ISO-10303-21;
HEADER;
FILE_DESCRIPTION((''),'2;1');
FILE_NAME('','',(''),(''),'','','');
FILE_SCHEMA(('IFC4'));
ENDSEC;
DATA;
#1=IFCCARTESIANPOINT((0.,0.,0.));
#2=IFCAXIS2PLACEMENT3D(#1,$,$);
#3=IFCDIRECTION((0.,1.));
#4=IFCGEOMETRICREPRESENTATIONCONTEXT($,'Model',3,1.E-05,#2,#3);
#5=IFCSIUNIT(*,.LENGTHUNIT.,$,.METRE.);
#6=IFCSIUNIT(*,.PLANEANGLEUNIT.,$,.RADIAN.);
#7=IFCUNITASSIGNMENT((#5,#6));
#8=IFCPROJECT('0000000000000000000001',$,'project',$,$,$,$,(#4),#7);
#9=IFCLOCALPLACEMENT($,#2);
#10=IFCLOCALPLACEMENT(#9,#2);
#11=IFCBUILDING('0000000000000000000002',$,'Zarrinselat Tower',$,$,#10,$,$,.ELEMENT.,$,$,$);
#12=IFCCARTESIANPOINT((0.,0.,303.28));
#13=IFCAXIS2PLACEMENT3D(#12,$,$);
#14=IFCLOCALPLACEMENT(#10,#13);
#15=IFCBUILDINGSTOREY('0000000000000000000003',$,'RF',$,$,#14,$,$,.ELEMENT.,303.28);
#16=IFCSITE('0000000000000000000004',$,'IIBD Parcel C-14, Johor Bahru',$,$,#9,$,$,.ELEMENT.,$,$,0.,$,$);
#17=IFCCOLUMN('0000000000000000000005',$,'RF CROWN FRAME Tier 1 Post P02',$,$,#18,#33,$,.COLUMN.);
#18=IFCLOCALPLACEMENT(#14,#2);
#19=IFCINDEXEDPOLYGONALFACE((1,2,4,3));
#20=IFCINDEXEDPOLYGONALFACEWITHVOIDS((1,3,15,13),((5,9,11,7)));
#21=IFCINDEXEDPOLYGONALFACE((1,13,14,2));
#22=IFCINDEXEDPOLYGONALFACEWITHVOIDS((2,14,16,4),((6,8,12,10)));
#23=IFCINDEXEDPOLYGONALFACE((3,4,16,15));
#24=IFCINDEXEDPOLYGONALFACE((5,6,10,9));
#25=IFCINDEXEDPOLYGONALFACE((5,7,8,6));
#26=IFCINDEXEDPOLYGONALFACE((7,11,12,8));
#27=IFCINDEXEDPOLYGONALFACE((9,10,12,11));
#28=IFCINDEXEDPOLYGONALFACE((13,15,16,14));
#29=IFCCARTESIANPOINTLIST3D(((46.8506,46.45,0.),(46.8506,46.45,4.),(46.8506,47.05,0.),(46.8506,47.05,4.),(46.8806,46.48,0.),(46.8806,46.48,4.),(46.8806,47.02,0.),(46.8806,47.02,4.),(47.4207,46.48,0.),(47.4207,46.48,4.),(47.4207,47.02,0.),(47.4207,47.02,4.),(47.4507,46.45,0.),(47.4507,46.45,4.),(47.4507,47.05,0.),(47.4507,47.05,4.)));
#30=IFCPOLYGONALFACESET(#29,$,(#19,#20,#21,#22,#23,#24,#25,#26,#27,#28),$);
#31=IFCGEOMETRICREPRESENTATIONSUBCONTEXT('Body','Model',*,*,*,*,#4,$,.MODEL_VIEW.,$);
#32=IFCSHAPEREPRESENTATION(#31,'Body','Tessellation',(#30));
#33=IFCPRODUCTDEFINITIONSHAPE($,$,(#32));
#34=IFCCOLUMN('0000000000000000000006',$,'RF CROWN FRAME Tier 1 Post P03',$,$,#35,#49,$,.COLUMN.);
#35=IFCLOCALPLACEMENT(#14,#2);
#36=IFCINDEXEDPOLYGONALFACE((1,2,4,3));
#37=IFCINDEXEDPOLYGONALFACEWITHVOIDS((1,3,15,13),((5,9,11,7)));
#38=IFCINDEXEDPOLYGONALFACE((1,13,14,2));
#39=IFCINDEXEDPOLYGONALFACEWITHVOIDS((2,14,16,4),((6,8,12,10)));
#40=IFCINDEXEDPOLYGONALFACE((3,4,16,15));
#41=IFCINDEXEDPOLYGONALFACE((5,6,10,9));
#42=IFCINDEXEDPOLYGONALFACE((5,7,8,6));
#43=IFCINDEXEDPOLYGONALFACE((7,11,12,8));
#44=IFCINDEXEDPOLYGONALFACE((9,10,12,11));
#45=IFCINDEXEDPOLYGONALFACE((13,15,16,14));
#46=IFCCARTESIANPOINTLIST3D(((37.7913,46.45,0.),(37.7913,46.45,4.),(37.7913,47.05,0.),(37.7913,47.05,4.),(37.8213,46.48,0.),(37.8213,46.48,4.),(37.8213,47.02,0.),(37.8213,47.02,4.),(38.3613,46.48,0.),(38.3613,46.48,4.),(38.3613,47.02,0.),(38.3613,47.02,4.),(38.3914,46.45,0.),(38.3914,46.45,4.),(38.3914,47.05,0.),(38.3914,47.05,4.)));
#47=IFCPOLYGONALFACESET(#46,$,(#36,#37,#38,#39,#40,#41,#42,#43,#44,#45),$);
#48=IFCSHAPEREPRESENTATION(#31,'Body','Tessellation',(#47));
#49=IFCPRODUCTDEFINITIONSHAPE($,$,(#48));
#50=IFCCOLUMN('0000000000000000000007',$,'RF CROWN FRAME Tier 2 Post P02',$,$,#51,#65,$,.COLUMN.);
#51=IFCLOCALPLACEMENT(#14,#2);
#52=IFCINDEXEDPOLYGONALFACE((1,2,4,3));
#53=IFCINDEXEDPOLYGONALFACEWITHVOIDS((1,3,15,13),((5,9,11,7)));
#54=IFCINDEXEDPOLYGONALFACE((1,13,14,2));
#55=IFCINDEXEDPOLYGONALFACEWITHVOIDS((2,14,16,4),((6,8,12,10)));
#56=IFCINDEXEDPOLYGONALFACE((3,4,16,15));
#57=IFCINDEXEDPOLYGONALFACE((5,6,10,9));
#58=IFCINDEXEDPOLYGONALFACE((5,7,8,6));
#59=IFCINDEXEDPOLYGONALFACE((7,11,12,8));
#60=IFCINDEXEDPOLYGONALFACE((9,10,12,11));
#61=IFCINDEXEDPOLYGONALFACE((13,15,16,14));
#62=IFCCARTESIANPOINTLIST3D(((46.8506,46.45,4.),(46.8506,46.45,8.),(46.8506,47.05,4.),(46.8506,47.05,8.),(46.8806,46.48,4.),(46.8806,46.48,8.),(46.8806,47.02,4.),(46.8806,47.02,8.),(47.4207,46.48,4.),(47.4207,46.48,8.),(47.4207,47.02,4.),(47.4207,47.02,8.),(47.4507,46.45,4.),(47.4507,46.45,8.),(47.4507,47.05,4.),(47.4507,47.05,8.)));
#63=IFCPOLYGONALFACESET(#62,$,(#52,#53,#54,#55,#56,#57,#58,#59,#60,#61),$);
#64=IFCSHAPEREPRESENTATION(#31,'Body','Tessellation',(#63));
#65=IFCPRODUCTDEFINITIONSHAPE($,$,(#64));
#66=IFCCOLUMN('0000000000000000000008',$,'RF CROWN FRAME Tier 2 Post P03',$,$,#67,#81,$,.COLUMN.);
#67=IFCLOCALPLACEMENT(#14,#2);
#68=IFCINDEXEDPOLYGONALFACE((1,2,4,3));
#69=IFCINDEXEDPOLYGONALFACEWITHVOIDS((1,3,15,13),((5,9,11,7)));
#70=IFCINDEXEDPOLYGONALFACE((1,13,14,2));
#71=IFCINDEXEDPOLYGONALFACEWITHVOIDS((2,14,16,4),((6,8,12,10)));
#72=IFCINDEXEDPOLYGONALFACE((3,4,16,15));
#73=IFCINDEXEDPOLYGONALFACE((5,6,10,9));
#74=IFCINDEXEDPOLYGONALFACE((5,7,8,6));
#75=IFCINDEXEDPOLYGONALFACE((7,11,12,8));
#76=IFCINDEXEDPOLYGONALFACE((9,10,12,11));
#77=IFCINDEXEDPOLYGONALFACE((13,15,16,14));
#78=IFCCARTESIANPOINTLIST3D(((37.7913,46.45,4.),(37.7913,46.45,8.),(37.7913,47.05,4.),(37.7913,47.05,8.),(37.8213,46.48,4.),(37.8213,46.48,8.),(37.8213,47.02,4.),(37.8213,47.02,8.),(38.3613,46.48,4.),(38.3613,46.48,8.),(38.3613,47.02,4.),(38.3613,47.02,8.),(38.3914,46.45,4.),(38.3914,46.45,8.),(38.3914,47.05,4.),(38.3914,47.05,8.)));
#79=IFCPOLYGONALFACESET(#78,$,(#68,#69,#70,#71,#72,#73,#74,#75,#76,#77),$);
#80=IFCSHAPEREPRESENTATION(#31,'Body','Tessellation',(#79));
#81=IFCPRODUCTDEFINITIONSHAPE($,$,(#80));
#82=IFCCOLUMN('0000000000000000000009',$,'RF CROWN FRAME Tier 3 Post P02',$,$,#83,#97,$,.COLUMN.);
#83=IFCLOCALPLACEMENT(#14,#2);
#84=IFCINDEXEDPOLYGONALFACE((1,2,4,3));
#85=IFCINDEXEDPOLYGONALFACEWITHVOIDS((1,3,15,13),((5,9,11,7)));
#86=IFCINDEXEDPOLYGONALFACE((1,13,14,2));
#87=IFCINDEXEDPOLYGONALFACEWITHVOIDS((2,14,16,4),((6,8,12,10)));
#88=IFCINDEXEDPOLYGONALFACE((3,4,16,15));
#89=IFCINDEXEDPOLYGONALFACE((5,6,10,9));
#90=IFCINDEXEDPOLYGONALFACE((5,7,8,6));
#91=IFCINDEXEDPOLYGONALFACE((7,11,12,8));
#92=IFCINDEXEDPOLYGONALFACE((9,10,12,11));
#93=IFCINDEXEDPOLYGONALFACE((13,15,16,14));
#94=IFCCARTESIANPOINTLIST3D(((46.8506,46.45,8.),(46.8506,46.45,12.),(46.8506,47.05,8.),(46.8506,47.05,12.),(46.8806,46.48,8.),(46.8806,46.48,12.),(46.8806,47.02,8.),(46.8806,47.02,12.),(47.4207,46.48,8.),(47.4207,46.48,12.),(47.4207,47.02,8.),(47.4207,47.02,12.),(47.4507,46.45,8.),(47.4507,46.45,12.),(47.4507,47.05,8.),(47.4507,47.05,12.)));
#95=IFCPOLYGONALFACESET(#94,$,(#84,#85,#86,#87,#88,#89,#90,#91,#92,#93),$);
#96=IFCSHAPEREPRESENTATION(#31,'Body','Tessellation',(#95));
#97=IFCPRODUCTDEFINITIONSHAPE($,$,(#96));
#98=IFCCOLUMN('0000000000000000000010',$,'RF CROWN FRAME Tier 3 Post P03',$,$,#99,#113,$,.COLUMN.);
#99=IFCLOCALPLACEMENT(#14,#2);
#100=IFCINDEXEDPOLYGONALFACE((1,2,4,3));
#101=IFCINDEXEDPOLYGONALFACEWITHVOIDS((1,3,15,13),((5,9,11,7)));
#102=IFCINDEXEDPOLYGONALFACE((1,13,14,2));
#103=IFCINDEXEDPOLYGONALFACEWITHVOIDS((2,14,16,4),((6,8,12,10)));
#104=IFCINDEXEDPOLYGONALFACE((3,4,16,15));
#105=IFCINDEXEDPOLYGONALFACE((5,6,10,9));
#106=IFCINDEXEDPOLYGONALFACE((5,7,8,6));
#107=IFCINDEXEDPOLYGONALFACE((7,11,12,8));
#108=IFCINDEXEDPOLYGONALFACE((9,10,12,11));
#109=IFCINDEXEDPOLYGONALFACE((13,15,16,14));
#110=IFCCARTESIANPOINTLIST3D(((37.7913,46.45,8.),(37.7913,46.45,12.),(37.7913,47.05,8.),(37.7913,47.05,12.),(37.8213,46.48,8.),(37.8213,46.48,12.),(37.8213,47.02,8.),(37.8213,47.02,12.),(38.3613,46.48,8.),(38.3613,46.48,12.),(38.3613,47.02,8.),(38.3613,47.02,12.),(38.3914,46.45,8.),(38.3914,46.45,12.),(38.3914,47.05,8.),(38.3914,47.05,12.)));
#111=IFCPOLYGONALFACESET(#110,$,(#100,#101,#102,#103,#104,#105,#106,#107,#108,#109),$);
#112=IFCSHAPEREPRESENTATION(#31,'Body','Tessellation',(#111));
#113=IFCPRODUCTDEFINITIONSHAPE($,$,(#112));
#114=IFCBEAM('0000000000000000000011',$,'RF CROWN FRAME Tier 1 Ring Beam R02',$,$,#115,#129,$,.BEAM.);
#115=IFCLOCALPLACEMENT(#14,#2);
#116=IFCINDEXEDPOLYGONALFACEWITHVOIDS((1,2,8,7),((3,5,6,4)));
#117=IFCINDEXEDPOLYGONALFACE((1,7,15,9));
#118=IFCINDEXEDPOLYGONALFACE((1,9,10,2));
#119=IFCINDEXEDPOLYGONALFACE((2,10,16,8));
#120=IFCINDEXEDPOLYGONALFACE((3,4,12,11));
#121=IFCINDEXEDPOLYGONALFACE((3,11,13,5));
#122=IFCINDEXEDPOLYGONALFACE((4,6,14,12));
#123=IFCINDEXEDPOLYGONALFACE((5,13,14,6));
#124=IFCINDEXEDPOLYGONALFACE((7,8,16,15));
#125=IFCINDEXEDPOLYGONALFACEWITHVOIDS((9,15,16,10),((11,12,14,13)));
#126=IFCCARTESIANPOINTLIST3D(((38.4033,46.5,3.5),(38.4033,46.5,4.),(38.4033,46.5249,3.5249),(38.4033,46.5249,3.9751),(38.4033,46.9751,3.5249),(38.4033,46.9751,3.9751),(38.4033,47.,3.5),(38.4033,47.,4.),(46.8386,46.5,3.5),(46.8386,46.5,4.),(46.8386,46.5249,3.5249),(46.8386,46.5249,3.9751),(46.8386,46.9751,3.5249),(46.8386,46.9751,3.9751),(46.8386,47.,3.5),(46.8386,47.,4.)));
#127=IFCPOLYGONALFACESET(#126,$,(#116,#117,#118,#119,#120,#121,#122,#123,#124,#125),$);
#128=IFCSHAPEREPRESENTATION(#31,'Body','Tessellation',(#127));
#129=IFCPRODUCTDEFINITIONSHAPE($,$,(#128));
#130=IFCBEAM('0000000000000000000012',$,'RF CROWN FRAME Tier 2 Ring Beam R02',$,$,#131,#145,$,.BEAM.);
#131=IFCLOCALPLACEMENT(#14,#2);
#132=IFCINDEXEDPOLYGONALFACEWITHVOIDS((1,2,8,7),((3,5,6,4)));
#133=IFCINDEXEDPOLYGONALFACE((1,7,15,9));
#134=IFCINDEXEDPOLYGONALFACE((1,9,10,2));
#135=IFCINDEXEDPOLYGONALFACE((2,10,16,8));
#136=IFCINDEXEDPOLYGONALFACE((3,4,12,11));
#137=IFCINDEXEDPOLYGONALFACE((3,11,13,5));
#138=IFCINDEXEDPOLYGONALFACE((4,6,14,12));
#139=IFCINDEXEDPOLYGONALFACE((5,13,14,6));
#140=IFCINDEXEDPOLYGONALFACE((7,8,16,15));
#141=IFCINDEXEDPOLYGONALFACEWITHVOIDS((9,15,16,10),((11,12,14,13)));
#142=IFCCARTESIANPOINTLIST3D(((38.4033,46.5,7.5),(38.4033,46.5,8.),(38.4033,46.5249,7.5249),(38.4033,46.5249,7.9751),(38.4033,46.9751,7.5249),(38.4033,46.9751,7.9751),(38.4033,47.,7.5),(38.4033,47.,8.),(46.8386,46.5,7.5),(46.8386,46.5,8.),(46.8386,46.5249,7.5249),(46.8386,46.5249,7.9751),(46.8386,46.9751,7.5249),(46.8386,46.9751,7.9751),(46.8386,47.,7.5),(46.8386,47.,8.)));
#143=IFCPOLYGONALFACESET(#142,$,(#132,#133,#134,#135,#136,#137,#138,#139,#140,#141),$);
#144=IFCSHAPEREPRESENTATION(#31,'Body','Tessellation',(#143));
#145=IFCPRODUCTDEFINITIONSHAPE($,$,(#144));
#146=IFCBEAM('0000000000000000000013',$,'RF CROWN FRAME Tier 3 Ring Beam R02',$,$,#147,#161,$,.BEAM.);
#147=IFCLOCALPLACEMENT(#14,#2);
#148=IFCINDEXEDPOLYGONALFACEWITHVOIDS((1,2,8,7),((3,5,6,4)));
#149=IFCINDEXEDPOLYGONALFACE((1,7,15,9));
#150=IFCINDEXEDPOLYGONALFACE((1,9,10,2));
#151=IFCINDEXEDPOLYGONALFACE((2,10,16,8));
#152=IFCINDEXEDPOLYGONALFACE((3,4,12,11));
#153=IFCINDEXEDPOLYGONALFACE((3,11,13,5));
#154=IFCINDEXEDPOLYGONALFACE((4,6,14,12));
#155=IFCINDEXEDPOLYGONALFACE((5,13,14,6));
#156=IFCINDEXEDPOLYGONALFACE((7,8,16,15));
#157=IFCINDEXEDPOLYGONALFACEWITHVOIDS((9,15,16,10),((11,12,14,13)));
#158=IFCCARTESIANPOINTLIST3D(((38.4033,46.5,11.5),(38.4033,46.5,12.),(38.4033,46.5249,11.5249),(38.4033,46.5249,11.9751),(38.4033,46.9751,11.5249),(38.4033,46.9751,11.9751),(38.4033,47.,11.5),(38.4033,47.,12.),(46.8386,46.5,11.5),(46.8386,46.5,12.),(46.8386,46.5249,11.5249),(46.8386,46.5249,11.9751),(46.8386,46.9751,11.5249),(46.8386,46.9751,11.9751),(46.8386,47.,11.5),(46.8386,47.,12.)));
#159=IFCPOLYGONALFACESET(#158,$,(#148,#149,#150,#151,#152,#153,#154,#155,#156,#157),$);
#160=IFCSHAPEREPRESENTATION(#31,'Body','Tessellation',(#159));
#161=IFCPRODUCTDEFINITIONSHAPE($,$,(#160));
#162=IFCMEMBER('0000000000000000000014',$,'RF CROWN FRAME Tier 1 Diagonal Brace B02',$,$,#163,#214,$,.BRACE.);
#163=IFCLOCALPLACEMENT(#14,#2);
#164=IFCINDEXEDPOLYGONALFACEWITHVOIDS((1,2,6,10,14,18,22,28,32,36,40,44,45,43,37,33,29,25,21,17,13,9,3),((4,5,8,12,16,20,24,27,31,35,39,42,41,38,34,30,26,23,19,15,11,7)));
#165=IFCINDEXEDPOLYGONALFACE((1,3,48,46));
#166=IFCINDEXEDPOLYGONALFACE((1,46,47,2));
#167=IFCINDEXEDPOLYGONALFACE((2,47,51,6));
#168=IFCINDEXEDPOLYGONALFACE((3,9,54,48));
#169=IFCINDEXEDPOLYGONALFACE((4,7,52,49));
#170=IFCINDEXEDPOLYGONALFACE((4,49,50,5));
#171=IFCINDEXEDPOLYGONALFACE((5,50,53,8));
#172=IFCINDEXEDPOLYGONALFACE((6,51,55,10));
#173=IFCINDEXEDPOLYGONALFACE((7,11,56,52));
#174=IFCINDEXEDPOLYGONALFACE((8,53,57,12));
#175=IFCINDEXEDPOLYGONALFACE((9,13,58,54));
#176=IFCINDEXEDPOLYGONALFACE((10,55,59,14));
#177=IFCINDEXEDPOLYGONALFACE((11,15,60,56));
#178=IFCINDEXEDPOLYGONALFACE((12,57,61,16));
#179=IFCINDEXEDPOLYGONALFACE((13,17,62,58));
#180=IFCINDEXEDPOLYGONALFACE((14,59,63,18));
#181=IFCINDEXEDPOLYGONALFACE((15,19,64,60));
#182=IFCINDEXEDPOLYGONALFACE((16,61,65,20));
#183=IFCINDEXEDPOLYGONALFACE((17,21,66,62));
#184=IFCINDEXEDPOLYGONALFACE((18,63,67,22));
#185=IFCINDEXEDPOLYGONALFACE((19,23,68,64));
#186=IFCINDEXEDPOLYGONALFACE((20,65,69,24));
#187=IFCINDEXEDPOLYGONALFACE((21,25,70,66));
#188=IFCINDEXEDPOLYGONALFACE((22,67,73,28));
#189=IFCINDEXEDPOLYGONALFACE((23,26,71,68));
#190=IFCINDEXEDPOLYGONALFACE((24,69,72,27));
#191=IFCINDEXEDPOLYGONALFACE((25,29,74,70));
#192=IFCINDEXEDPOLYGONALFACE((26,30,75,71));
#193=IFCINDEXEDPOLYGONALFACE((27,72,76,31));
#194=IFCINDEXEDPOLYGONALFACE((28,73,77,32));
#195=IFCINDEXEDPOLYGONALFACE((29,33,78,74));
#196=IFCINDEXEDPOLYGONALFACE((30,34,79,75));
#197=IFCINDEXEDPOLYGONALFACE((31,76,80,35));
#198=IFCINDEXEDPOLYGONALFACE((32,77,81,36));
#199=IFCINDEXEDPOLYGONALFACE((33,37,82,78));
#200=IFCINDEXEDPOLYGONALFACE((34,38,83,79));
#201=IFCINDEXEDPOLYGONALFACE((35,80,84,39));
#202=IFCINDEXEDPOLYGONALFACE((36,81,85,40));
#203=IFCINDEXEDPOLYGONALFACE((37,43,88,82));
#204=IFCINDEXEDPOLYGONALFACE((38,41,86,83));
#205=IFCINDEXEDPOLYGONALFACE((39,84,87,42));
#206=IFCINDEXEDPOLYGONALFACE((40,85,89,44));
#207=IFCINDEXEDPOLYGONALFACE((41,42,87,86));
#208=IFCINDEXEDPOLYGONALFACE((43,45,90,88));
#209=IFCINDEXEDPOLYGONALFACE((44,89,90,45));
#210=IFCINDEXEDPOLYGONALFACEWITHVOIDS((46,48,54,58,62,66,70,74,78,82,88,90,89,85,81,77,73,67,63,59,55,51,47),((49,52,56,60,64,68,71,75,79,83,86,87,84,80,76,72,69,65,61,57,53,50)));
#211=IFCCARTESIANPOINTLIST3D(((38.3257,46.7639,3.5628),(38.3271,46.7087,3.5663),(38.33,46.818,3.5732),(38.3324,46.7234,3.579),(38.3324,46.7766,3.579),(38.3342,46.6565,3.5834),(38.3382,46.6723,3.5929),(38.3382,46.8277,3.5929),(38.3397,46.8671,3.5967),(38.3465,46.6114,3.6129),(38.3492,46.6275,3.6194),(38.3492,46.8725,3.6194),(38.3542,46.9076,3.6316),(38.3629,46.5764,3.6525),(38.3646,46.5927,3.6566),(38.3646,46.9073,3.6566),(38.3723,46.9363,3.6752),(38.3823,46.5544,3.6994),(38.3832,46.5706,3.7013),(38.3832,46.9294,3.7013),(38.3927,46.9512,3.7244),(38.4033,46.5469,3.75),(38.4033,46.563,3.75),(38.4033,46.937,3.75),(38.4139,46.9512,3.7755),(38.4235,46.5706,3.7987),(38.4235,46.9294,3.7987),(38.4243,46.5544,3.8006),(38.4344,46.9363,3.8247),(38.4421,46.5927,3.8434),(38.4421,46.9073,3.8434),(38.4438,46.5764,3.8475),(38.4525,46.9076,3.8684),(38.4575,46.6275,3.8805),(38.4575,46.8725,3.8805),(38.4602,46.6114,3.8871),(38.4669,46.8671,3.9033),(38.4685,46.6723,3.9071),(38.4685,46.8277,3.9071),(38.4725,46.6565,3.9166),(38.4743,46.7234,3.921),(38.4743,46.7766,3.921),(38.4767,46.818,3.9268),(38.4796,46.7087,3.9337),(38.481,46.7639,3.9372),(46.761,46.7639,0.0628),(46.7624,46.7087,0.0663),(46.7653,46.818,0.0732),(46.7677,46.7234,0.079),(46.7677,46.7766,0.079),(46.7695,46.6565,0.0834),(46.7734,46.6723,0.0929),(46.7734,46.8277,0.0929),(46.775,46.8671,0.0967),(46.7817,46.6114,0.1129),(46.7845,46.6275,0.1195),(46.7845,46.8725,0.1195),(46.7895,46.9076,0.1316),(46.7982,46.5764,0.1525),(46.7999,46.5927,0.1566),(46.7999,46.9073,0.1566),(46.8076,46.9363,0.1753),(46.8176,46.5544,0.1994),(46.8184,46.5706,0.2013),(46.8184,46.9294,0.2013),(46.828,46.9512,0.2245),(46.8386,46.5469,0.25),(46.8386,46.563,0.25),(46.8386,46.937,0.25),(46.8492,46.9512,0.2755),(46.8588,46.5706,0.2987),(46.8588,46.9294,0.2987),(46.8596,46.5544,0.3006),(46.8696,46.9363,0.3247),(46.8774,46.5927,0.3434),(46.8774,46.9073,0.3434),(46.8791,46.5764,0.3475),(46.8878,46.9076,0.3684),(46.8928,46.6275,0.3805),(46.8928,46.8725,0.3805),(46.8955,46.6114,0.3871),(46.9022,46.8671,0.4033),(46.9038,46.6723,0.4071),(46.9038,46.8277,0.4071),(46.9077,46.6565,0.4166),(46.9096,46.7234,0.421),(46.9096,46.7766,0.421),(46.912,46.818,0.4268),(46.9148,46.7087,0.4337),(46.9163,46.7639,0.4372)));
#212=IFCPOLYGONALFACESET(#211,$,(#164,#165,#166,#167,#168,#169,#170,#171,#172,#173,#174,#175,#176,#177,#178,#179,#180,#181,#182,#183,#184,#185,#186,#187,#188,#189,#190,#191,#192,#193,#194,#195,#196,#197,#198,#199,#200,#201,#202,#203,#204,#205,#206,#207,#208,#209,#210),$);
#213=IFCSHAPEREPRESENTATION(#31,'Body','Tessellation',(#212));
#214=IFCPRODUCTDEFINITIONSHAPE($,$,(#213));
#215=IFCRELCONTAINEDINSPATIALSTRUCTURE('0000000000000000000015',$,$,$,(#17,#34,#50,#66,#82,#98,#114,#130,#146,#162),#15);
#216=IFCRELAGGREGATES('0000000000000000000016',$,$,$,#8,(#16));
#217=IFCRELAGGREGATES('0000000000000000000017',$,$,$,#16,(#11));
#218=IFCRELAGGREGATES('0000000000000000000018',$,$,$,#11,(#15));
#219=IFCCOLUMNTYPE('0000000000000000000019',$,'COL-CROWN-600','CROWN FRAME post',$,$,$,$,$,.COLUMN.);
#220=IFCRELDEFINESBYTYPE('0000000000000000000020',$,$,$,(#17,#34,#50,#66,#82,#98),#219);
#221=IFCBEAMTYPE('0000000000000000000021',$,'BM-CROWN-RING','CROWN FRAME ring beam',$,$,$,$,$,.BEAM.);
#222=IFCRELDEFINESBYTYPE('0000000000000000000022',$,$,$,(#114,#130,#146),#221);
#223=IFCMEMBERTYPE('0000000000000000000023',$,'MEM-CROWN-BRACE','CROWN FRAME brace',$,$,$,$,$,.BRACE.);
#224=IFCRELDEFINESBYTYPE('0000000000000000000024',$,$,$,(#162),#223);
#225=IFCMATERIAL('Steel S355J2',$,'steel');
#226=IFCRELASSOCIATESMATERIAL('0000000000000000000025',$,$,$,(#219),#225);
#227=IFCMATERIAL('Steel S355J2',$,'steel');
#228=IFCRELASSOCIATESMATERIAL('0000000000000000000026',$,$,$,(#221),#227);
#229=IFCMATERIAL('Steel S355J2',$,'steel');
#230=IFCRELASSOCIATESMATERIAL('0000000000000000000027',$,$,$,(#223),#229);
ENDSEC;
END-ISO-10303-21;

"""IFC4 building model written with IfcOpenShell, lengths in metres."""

from ifc_helpers import new_model, si_unit, direction, frame, origin, origin_2d, place, context, subcontext, project, spatial, hollow_rectangle, hollow_circle, extrude, material, material_profile, profile_set, type_object, element, save


model = new_model("IFC4")

# Units and contexts
model_context = context("Model", 3, precision=1e-05, world=origin(), true_north=direction((0.0, 1.0)))
body_context = subcontext(model_context, "Body", "Model", "MODEL_VIEW")
ifc_project = project(units=[si_unit("LENGTHUNIT", "METRE"), si_unit("PLANEANGLEUNIT", "RADIAN")], contexts=[model_context])

# Site, building, storey
site_placement = place(None, origin())
site = spatial("IfcSite", under=ifc_project, at=site_placement, Name="IIBD Parcel C-14, Johor Bahru", CompositionType="ELEMENT", RefElevation=0.0)
building_placement = place(site_placement, origin())
building = spatial("IfcBuilding", under=site, at=building_placement, Name="Zarrinselat Tower", CompositionType="ELEMENT")
storey_placement = place(building_placement, frame((0.0, 0.0, 303.28)))
storey = spatial("IfcBuildingStorey", under=building, at=storey_placement, Name="RF", CompositionType="ELEMENT", Elevation=303.28)

# Columns
ifc_material_1 = material(Name="Steel S355J2", Category="steel")
ifc_material_profile_1 = material_profile(ifc_material_1, hollow_rectangle(XDim=0.6001, YDim=0.6001, WallThickness=0.03, at=origin_2d()), Name="SHS 600x600x30")
ifc_profile_set_1 = profile_set([ifc_material_profile_1], Name="Steel S355J2")
column_type = type_object("IfcColumnType", Name="COL-CROWN-600", Description="CROWN FRAME post", PredefinedType="COLUMN", material=ifc_profile_set_1)
for number, where, z_axis, x_axis, name in (
    (1, (47.1506, 46.75, 0.0), (0.0, 0.0, 1.0), (1.0, 0.0, 0.0), "RF CROWN FRAME Tier 1 Post P02"),
    (2, (38.0913, 46.75, 0.0), (0.0, 0.0, 1.0), (1.0, 0.0, 0.0), "RF CROWN FRAME Tier 1 Post P03"),
    (3, (47.1506, 46.75, 4.0), (0.0, 0.0, 1.0), (1.0, 0.0, 0.0), "RF CROWN FRAME Tier 2 Post P02"),
    (4, (38.0913, 46.75, 4.0), (0.0, 0.0, 1.0), (1.0, 0.0, 0.0), "RF CROWN FRAME Tier 2 Post P03"),
    (5, (47.1506, 46.75, 8.0), (0.0, 0.0, 1.0), (1.0, 0.0, 0.0), "RF CROWN FRAME Tier 3 Post P02"),
    (6, (38.0913, 46.75, 8.0), (0.0, 0.0, 1.0), (1.0, 0.0, 0.0), "RF CROWN FRAME Tier 3 Post P03"),
):
    element("IfcColumn", number, at=place(storey_placement, frame(where, z_axis=z_axis, x_axis=x_axis)), inside=storey, type_object=column_type, Name=name, PredefinedType="COLUMN", context=body_context, shape_type="SweptSolid", body=[
        extrude(hollow_rectangle(XDim=0.6001, YDim=0.6001, WallThickness=0.03, at=origin_2d()), origin(), (0.0, 0.0, 1.0), 4.0),
    ])

# Beams
ifc_material_2 = material(Name="Steel S355J2", Category="steel")
ifc_material_profile_2 = material_profile(ifc_material_2, hollow_rectangle(XDim=0.5, YDim=0.5, WallThickness=0.0249, at=origin_2d()), Name="SHS 500x500x25")
ifc_profile_set_2 = profile_set([ifc_material_profile_2], Name="Steel S355J2")
beam_type = type_object("IfcBeamType", Name="BM-CROWN-RING", Description="CROWN FRAME ring beam", PredefinedType="BEAM", material=ifc_profile_set_2)
for number, where, z_axis, x_axis, name in (
    (7, (46.8386, 46.75, 3.75), (-1.0, 0.0, 0.0), (0.0, -1.0, 0.0), "RF CROWN FRAME Tier 1 Ring Beam R02"),
    (8, (46.8386, 46.75, 7.75), (-1.0, 0.0, 0.0), (0.0, -1.0, 0.0), "RF CROWN FRAME Tier 2 Ring Beam R02"),
    (9, (46.8386, 46.75, 11.75), (-1.0, 0.0, 0.0), (0.0, -1.0, 0.0), "RF CROWN FRAME Tier 3 Ring Beam R02"),
):
    element("IfcBeam", number, at=place(storey_placement, frame(where, z_axis=z_axis, x_axis=x_axis)), inside=storey, type_object=beam_type, Name=name, PredefinedType="BEAM", context=body_context, shape_type="SweptSolid", body=[
        extrude(hollow_rectangle(XDim=0.5, YDim=0.5, WallThickness=0.0249, at=origin_2d()), origin(), (0.0, 0.0, 1.0), 8.4353),
    ])

# Member
ifc_material_3 = material(Name="Steel S355J2", Category="steel")
ifc_material_profile_3 = material_profile(ifc_material_3, hollow_circle(Radius=0.2031, WallThickness=0.0161, at=origin_2d()), Name="CHS 406.4x16")
ifc_profile_set_3 = profile_set([ifc_material_profile_3], Name="Steel S355J2")
member_type_1 = type_object("IfcMemberType", Name="MEM-CROWN-BRACE", Description="CROWN FRAME brace", PredefinedType="BRACE", material=ifc_profile_set_3)
member_1_placement = place(storey_placement, frame((46.8386, 46.75, 0.25), z_axis=(-0.923648, 0.0, 0.383243), x_axis=(0.0, -1.0, 0.0)))
element("IfcMember", 10, at=member_1_placement, inside=storey, type_object=member_type_1, Name="RF CROWN FRAME Tier 1 Diagonal Brace B02", PredefinedType="BRACE", context=body_context, shape_type="SweptSolid", body=[
    extrude(hollow_circle(Radius=0.2031, WallThickness=0.0161, at=origin_2d()), origin(), (0.0, 0.0, 1.0), 9.1326),
])

save(model, "model.ifc")
